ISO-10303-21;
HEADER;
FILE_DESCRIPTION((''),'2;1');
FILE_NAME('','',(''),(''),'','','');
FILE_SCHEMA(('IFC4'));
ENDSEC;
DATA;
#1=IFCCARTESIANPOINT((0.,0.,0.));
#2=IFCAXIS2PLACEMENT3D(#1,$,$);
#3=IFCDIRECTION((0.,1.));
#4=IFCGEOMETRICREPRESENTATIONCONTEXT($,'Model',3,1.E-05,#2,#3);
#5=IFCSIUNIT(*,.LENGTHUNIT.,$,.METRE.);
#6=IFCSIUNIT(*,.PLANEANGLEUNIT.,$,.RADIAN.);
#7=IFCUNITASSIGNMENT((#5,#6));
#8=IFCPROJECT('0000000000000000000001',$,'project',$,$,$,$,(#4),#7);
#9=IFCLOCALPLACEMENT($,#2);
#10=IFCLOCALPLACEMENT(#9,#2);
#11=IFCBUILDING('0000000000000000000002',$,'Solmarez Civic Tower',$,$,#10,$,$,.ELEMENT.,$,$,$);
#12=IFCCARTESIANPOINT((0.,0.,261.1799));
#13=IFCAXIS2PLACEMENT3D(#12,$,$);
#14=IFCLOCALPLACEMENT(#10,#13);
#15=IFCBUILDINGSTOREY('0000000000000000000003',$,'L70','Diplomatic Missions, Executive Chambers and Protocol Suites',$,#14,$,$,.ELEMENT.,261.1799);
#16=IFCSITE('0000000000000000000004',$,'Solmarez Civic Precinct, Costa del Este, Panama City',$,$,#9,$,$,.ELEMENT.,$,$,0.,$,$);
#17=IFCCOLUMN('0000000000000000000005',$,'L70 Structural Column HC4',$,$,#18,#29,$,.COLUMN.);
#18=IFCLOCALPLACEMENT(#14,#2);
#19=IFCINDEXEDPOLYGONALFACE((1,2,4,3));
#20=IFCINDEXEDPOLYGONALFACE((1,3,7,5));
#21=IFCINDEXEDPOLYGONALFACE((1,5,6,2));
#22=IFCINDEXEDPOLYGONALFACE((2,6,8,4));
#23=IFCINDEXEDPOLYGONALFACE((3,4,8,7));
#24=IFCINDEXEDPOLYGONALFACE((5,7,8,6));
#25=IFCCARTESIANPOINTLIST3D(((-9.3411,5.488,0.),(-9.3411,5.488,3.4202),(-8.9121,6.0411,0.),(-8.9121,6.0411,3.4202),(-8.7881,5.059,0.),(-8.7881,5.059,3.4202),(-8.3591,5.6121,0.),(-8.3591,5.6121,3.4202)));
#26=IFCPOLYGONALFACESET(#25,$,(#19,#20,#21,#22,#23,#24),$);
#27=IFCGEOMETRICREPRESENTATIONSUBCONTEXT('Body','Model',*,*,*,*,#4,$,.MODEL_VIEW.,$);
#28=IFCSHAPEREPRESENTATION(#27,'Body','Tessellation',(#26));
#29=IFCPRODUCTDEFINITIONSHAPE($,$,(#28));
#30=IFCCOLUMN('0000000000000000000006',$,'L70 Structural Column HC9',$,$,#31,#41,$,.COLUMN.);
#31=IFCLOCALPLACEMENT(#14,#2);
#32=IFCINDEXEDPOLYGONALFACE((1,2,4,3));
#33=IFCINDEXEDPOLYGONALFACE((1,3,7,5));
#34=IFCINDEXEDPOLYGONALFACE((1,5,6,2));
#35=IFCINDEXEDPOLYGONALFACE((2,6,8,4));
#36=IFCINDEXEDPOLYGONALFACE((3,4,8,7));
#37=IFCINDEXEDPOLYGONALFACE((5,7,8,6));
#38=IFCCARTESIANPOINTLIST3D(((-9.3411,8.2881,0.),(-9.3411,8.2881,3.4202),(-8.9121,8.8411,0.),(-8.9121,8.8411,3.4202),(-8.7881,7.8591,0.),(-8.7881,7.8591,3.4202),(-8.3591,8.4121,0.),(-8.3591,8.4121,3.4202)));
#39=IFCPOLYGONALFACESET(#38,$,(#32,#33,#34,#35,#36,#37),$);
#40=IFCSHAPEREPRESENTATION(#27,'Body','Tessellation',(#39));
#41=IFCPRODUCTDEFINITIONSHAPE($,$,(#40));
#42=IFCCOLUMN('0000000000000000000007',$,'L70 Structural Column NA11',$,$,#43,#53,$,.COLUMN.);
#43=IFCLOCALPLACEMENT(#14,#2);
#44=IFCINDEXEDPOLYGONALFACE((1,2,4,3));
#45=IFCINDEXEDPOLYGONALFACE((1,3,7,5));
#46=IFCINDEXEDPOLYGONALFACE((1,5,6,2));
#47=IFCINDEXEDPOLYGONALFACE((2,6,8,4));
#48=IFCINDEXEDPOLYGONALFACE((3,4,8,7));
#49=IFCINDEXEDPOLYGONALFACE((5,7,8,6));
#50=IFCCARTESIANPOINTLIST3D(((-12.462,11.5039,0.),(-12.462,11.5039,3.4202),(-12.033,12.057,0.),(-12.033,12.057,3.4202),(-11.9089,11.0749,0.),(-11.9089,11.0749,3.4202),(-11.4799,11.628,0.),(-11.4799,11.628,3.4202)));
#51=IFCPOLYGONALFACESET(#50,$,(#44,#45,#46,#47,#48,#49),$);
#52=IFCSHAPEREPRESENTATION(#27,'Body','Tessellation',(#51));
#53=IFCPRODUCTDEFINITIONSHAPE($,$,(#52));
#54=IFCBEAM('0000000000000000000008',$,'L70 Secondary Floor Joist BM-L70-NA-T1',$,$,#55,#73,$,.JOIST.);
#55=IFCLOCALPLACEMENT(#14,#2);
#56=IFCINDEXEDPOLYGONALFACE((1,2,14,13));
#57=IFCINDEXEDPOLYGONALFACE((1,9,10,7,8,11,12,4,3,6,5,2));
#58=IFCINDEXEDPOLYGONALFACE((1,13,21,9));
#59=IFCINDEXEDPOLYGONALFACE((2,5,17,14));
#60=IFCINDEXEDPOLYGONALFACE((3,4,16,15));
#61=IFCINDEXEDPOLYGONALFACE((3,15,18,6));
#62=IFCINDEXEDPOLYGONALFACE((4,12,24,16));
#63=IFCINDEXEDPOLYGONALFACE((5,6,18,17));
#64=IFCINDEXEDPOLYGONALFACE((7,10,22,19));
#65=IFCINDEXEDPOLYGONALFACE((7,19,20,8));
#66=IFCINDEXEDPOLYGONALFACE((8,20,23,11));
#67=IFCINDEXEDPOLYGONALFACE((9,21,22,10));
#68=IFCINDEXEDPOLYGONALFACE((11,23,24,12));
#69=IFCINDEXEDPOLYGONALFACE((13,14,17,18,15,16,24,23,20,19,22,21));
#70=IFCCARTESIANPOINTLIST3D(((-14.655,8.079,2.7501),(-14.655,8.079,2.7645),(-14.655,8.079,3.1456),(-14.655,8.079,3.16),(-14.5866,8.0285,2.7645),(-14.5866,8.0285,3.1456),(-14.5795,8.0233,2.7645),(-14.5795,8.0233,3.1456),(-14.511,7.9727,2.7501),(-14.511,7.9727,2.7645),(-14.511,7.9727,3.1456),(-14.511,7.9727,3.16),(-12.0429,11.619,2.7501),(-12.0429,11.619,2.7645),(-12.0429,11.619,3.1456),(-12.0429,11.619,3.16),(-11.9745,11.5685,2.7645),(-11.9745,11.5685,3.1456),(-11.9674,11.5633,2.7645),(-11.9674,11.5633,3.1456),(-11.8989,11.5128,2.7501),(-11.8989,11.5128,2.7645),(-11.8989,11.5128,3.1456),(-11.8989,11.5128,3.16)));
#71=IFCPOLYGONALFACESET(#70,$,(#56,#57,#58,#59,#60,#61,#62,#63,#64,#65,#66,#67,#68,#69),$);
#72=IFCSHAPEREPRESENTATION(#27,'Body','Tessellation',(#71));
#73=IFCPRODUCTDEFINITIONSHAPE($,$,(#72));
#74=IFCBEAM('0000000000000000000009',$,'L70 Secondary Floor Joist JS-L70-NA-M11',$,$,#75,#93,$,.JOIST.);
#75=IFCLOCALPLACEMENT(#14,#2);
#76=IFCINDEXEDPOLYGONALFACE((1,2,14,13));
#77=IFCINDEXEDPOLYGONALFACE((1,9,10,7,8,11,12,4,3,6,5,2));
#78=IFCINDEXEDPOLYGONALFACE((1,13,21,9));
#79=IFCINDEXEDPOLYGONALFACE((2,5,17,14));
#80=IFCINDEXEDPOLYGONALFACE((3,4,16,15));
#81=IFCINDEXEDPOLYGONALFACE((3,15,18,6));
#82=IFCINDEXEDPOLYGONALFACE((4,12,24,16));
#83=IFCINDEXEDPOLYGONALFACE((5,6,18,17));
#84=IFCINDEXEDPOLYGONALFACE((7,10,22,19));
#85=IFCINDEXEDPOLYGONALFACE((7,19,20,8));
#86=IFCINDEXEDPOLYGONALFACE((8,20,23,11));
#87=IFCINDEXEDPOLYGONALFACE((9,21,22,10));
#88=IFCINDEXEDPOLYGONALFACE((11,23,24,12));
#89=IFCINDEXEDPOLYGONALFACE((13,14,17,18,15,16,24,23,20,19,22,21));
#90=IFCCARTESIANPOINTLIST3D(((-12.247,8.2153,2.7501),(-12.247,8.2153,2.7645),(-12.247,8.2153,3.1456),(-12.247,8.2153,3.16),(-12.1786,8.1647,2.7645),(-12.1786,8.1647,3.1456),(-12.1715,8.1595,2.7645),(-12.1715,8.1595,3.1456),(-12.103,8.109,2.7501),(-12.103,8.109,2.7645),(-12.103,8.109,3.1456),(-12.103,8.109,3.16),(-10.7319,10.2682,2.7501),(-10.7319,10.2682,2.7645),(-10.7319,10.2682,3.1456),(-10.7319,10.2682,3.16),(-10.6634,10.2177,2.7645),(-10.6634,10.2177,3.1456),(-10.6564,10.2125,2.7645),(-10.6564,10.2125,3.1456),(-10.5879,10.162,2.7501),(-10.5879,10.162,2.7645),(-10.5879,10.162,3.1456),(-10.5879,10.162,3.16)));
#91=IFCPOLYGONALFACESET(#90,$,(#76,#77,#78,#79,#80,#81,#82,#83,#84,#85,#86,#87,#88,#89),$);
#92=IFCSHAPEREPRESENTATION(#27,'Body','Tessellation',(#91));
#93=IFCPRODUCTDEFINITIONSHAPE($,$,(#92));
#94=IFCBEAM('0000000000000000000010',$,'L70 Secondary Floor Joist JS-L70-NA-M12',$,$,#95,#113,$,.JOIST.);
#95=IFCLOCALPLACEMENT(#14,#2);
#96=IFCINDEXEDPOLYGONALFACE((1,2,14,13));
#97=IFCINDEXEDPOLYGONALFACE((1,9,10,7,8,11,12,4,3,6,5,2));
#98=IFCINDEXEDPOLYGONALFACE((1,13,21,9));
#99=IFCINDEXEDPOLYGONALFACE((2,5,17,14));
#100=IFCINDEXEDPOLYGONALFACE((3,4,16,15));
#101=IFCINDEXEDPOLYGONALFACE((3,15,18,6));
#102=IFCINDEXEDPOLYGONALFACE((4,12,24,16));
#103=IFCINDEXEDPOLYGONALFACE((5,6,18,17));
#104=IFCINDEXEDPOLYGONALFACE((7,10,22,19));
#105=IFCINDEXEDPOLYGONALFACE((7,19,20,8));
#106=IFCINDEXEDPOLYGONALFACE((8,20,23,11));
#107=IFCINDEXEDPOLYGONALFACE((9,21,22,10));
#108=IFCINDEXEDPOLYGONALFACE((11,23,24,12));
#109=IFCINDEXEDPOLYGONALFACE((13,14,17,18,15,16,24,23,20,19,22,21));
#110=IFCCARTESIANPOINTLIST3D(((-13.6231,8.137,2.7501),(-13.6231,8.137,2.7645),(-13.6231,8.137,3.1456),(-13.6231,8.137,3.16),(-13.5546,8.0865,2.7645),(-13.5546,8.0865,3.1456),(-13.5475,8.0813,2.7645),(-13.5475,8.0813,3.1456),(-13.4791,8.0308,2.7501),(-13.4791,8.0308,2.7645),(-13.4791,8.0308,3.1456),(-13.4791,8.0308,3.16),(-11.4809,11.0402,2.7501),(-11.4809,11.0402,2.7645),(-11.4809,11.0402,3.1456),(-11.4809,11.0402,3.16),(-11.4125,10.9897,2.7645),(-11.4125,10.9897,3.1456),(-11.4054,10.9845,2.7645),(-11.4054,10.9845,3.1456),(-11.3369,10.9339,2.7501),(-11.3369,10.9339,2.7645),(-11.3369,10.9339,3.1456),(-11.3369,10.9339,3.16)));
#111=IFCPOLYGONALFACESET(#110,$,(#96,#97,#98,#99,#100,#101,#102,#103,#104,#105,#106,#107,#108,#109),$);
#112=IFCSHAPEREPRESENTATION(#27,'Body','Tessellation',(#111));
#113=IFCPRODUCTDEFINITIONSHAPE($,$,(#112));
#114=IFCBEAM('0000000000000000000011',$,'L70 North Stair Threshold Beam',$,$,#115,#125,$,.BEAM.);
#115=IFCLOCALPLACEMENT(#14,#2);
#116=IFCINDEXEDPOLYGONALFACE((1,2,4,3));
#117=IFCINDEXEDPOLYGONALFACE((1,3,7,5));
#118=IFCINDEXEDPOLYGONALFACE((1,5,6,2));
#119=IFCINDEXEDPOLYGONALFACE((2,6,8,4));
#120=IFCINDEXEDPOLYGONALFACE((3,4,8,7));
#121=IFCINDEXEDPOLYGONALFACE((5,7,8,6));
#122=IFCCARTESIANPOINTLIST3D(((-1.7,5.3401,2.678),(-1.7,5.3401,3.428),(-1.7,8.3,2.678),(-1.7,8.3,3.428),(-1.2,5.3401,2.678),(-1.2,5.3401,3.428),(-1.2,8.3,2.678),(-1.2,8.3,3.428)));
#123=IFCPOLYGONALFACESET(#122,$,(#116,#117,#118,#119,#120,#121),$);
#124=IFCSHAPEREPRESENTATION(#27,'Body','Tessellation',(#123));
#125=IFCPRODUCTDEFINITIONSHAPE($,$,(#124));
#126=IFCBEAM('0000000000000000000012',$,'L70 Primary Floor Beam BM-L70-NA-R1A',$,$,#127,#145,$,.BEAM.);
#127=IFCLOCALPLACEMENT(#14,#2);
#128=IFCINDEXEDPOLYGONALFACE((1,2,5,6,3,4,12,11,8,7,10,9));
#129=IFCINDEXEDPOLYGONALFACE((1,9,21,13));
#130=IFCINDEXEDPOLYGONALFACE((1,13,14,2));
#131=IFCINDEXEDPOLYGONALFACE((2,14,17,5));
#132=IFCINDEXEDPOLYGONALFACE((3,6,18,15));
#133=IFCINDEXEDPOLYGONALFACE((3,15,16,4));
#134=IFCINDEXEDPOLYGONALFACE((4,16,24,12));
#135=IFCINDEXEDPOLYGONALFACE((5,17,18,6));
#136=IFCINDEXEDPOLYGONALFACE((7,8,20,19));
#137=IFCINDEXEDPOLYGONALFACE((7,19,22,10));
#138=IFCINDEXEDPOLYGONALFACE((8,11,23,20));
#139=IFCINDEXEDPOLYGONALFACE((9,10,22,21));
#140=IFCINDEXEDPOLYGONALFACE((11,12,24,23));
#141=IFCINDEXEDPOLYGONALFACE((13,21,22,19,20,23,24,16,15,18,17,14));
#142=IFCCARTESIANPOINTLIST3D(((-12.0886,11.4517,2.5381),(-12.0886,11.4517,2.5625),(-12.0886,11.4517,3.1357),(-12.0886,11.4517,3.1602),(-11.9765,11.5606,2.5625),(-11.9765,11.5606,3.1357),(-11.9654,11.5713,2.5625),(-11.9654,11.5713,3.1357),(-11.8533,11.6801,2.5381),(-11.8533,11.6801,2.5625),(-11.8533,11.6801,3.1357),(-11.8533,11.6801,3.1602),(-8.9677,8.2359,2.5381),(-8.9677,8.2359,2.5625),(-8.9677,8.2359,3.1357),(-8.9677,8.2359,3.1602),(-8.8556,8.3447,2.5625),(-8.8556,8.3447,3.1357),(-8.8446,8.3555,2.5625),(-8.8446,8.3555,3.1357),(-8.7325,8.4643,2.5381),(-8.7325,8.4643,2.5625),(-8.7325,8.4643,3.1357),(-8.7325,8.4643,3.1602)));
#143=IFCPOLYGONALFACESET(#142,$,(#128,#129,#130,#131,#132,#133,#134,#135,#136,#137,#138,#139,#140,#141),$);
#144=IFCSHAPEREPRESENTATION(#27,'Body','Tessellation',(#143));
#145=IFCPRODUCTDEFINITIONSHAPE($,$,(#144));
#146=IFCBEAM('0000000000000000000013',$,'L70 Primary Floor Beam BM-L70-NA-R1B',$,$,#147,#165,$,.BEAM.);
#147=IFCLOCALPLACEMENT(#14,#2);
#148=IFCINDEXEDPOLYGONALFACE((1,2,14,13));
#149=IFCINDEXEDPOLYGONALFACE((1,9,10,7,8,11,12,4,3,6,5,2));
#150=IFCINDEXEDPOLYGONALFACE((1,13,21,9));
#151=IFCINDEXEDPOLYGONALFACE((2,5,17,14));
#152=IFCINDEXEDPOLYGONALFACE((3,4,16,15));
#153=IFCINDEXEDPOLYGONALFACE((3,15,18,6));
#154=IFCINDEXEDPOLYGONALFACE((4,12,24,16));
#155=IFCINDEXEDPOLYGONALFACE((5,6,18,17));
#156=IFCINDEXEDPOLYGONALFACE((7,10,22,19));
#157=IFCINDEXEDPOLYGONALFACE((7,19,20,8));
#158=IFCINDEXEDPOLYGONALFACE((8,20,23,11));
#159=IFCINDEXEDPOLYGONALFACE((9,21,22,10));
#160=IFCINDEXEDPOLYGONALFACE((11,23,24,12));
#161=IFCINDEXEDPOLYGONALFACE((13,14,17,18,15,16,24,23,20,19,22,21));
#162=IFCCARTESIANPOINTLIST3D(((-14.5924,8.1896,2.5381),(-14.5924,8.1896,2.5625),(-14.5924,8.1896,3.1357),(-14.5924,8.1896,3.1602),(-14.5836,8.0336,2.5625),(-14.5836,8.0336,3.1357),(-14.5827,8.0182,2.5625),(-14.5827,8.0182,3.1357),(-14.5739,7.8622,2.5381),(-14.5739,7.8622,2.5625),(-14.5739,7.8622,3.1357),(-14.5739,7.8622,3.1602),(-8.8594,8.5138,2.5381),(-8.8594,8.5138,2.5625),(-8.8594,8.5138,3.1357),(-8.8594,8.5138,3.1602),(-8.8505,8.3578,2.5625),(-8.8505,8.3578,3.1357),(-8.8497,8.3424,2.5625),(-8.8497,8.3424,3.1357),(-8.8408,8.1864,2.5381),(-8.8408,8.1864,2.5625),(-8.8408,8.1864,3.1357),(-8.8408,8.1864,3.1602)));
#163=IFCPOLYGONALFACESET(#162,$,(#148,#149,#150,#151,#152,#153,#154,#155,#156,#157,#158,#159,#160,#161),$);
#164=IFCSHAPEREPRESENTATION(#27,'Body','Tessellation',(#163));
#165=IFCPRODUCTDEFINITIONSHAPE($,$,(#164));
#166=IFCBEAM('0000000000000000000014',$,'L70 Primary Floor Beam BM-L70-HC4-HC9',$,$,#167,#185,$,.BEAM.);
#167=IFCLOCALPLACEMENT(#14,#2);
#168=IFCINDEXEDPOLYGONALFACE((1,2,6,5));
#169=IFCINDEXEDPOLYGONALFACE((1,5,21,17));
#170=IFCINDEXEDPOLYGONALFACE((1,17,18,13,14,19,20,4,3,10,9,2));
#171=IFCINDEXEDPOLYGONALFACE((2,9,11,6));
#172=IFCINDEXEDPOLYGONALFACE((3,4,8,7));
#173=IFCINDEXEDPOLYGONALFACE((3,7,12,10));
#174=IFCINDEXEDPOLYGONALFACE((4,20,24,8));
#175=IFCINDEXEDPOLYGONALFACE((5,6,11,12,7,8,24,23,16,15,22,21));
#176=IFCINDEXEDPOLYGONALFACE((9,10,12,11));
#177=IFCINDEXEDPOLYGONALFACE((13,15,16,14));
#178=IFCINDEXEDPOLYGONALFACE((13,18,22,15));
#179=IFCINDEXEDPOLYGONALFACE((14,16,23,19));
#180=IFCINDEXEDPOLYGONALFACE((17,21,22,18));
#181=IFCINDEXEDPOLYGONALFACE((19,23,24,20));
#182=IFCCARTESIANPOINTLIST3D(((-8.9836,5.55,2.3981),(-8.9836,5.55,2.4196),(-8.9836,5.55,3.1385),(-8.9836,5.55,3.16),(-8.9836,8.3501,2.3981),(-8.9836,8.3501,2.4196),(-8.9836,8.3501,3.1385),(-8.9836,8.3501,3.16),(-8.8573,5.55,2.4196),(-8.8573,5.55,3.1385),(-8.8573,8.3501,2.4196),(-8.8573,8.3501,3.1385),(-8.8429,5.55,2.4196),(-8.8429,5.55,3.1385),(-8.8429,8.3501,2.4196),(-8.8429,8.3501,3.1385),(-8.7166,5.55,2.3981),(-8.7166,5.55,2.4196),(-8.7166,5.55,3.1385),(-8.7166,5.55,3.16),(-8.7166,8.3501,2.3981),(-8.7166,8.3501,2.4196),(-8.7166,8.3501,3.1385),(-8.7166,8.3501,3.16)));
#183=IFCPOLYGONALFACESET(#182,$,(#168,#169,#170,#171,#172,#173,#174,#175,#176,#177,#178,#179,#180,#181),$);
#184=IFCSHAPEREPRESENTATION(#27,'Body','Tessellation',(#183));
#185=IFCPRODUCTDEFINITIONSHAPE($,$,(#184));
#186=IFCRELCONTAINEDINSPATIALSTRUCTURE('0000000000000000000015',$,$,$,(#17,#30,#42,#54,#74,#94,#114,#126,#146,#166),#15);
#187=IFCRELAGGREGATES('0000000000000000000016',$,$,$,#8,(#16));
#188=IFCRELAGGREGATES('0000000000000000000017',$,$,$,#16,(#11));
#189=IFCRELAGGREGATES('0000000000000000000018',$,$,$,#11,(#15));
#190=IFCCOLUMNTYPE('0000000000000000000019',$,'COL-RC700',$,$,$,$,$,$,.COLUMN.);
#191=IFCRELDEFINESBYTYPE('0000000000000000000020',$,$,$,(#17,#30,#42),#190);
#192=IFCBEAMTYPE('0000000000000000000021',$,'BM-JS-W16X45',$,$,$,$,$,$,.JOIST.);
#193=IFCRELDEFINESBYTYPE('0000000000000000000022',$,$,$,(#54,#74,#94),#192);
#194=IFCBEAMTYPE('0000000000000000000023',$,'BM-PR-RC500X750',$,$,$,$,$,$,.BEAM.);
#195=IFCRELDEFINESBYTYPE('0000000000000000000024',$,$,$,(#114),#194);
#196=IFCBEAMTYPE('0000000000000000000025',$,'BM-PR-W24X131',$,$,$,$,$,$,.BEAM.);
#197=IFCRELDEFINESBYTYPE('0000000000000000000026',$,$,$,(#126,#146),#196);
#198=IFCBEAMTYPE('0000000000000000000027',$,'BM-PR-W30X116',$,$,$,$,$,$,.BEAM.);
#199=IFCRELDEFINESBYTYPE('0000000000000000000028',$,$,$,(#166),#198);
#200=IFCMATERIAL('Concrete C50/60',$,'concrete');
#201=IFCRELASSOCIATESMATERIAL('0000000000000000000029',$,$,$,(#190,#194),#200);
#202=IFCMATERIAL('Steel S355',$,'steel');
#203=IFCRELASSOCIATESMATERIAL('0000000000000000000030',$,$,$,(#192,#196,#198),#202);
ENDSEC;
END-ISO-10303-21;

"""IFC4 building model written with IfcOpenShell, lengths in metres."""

from ifc_helpers import new_model, si_unit, direction, frame, origin, origin_2d, place, context, subcontext, project, spatial, rectangle, i_section, extrude, material, material_profile, profile_set, type_object, element, save


model = new_model("IFC4")

# Units and contexts
model_context = context("Model", 3, precision=1e-05, world=origin(), true_north=direction((0.0, 1.0)))
body_context = subcontext(model_context, "Body", "Model", "MODEL_VIEW")
ifc_project = project(units=[si_unit("LENGTHUNIT", "METRE"), si_unit("PLANEANGLEUNIT", "RADIAN")], contexts=[model_context])

# Site, building, storey
site_placement = place(None, origin())
site = spatial("IfcSite", under=ifc_project, at=site_placement, Name="Solmarez Civic Precinct, Costa del Este, Panama City", CompositionType="ELEMENT", RefElevation=0.0)
building_placement = place(site_placement, origin())
building = spatial("IfcBuilding", under=site, at=building_placement, Name="Solmarez Civic Tower", CompositionType="ELEMENT")
storey_placement = place(building_placement, frame((0.0, 0.0, 261.1799)))
storey = spatial("IfcBuildingStorey", under=building, at=storey_placement, Name="L70", Description="Diplomatic Missions, Executive Chambers and Protocol Suites", CompositionType="ELEMENT", Elevation=261.1799)

# Columns
ifc_material_1 = material(Name="Concrete C50/60", Category="concrete")
ifc_material_profile_1 = material_profile(ifc_material_1, rectangle(XDim=0.7, YDim=0.7, at=origin_2d()), Name="RC700X700")
ifc_profile_set_1 = profile_set([ifc_material_profile_1], Name="Concrete C50/60")
column_type = type_object("IfcColumnType", Name="COL-RC700", PredefinedType="COLUMN", material=ifc_profile_set_1)
for number, where, z_axis, x_axis, name in (
    (1, (-8.8501, 5.55, 0.0), (0.0, 0.0, 1.0), (0.612907, 0.790155, 0.0), "L70 Structural Column HC4"),
    (2, (-8.8501, 8.3501, 0.0), (0.0, 0.0, 1.0), (0.612907, 0.790155, 0.0), "L70 Structural Column HC9"),
    (3, (-11.9709, 11.5659, 0.0), (0.0, 0.0, 1.0), (0.612907, 0.790155, 0.0), "L70 Structural Column NA11"),
):
    element("IfcColumn", number, at=place(storey_placement, frame(where, z_axis=z_axis, x_axis=x_axis)), inside=storey, type_object=column_type, Name=name, PredefinedType="COLUMN", context=body_context, shape_type="SweptSolid", body=[
        extrude(rectangle(XDim=0.7, YDim=0.7, at=origin_2d()), origin(), (0.0, 0.0, 1.0), 3.4202),
    ])

# Beams
ifc_material_2 = material(Name="Steel S355", Category="steel")
ifc_material_profile_2 = material_profile(ifc_material_2, i_section(OverallWidth=0.179, OverallDepth=0.4099, WebThickness=0.0088, FlangeThickness=0.0144, at=origin_2d()), Name="W16X45")
ifc_profile_set_2 = profile_set([ifc_material_profile_2], Name="Steel S355")
beam_type_1 = type_object("IfcBeamType", Name="BM-JS-W16X45", PredefinedType="JOIST", material=ifc_profile_set_2)
beam_1_placement = place(storey_placement, frame((-11.9709, 11.5659, 2.9551), z_axis=(-0.593731, -0.804664, 0.0), x_axis=(0.804664, -0.593731, 0.0)))
element("IfcBeam", 4, at=beam_1_placement, inside=storey, type_object=beam_type_1, Name="L70 Secondary Floor Joist BM-L70-NA-T1", PredefinedType="JOIST", context=body_context, shape_type="SweptSolid", body=[
    extrude(i_section(OverallWidth=0.179, OverallDepth=0.4099, WebThickness=0.0088, FlangeThickness=0.0144, at=origin_2d()), origin(), (0.0, 0.0, 1.0), 4.3994),
])
beam_2_placement = place(storey_placement, frame((-10.6599, 10.2151, 2.9551), z_axis=(-0.593812, -0.804603, 0.0), x_axis=(0.804603, -0.593812, 0.0)))
element("IfcBeam", 5, at=beam_2_placement, inside=storey, type_object=beam_type_1, Name="L70 Secondary Floor Joist JS-L70-NA-M11", PredefinedType="JOIST", context=body_context, shape_type="SweptSolid", body=[
    extrude(i_section(OverallWidth=0.179, OverallDepth=0.4099, WebThickness=0.0088, FlangeThickness=0.0144, at=origin_2d()), origin(), (0.0, 0.0, 1.0), 2.5515),
])
beam_3_placement = place(storey_placement, frame((-11.4089, 10.9871, 2.9551), z_axis=(-0.593734, -0.804661, 0.0), x_axis=(0.804661, -0.593734, 0.0)))
element("IfcBeam", 6, at=beam_3_placement, inside=storey, type_object=beam_type_1, Name="L70 Secondary Floor Joist JS-L70-NA-M12", PredefinedType="JOIST", context=body_context, shape_type="SweptSolid", body=[
    extrude(i_section(OverallWidth=0.179, OverallDepth=0.4099, WebThickness=0.0088, FlangeThickness=0.0144, at=origin_2d()), origin(), (0.0, 0.0, 1.0), 3.6079),
])
ifc_material_profile_3 = material_profile(ifc_material_1, rectangle(XDim=0.5, YDim=0.75, at=origin_2d()), Name="RC500X750")
ifc_profile_set_3 = profile_set([ifc_material_profile_3], Name="Concrete C50/60")
beam_type_2 = type_object("IfcBeamType", Name="BM-PR-RC500X750", PredefinedType="BEAM", material=ifc_profile_set_3)
beam_4_placement = place(storey_placement, frame((-1.45, 5.3401, 3.053), z_axis=(0.0, 1.0, 0.0), x_axis=(-1.0, 0.0, 0.0)))
element("IfcBeam", 7, at=beam_4_placement, inside=storey, type_object=beam_type_2, Name="L70 North Stair Threshold Beam", PredefinedType="BEAM", context=body_context, shape_type="SweptSolid", body=[
    extrude(rectangle(XDim=0.5, YDim=0.75, at=origin_2d()), origin(), (0.0, 0.0, 1.0), 2.96),
])
ifc_material_profile_4 = material_profile(ifc_material_2, i_section(OverallWidth=0.3279, OverallDepth=0.6221, WebThickness=0.0154, FlangeThickness=0.0244, at=origin_2d()), Name="W24X131")
ifc_profile_set_4 = profile_set([ifc_material_profile_4], Name="Steel S355")
beam_type_3 = type_object("IfcBeamType", Name="BM-PR-W24X131", PredefinedType="BEAM", material=ifc_profile_set_4)
beam_5_placement = place(storey_placement, frame((-8.8501, 8.3501, 2.8491), z_axis=(-0.696431, 0.717624, 0.0), x_axis=(-0.717624, -0.696431, 0.0)))
element("IfcBeam", 8, at=beam_5_placement, inside=storey, type_object=beam_type_3, Name="L70 Primary Floor Beam BM-L70-NA-R1A", PredefinedType="BEAM", context=body_context, shape_type="SweptSolid", body=[
    extrude(i_section(OverallWidth=0.3279, OverallDepth=0.6221, WebThickness=0.0154, FlangeThickness=0.0244, at=origin_2d()), origin(), (0.0, 0.0, 1.0), 4.4812),
])
beam_6_placement = place(storey_placement, frame((-8.8501, 8.3501, 2.8491), z_axis=(-0.998405, -0.056464, 0.0), x_axis=(0.056464, -0.998405, 0.0)))
element("IfcBeam", 9, at=beam_6_placement, inside=storey, type_object=beam_type_3, Name="L70 Primary Floor Beam BM-L70-NA-R1B", PredefinedType="BEAM", context=body_context, shape_type="SweptSolid", body=[
    extrude(i_section(OverallWidth=0.3279, OverallDepth=0.6221, WebThickness=0.0154, FlangeThickness=0.0244, at=origin_2d()), origin(), (0.0, 0.0, 1.0), 5.7422),
])
ifc_material_profile_5 = material_profile(ifc_material_2, i_section(OverallWidth=0.2671, OverallDepth=0.762, WebThickness=0.0144, FlangeThickness=0.0215, at=origin_2d()), Name="W30X116")
ifc_profile_set_5 = profile_set([ifc_material_profile_5], Name="Steel S355")
beam_type_4 = type_object("IfcBeamType", Name="BM-PR-W30X116", PredefinedType="BEAM", material=ifc_profile_set_5)
beam_7_placement = place(storey_placement, frame((-8.8501, 5.55, 2.7791), z_axis=(0.0, 1.0, 0.0), x_axis=(-1.0, 0.0, 0.0)))
element("IfcBeam", 10, at=beam_7_placement, inside=storey, type_object=beam_type_4, Name="L70 Primary Floor Beam BM-L70-HC4-HC9", PredefinedType="BEAM", context=body_context, shape_type="SweptSolid", body=[
    extrude(i_section(OverallWidth=0.2671, OverallDepth=0.762, WebThickness=0.0144, FlangeThickness=0.0215, at=origin_2d()), origin(), (0.0, 0.0, 1.0), 2.8),
])

save(model, "model.ifc")
